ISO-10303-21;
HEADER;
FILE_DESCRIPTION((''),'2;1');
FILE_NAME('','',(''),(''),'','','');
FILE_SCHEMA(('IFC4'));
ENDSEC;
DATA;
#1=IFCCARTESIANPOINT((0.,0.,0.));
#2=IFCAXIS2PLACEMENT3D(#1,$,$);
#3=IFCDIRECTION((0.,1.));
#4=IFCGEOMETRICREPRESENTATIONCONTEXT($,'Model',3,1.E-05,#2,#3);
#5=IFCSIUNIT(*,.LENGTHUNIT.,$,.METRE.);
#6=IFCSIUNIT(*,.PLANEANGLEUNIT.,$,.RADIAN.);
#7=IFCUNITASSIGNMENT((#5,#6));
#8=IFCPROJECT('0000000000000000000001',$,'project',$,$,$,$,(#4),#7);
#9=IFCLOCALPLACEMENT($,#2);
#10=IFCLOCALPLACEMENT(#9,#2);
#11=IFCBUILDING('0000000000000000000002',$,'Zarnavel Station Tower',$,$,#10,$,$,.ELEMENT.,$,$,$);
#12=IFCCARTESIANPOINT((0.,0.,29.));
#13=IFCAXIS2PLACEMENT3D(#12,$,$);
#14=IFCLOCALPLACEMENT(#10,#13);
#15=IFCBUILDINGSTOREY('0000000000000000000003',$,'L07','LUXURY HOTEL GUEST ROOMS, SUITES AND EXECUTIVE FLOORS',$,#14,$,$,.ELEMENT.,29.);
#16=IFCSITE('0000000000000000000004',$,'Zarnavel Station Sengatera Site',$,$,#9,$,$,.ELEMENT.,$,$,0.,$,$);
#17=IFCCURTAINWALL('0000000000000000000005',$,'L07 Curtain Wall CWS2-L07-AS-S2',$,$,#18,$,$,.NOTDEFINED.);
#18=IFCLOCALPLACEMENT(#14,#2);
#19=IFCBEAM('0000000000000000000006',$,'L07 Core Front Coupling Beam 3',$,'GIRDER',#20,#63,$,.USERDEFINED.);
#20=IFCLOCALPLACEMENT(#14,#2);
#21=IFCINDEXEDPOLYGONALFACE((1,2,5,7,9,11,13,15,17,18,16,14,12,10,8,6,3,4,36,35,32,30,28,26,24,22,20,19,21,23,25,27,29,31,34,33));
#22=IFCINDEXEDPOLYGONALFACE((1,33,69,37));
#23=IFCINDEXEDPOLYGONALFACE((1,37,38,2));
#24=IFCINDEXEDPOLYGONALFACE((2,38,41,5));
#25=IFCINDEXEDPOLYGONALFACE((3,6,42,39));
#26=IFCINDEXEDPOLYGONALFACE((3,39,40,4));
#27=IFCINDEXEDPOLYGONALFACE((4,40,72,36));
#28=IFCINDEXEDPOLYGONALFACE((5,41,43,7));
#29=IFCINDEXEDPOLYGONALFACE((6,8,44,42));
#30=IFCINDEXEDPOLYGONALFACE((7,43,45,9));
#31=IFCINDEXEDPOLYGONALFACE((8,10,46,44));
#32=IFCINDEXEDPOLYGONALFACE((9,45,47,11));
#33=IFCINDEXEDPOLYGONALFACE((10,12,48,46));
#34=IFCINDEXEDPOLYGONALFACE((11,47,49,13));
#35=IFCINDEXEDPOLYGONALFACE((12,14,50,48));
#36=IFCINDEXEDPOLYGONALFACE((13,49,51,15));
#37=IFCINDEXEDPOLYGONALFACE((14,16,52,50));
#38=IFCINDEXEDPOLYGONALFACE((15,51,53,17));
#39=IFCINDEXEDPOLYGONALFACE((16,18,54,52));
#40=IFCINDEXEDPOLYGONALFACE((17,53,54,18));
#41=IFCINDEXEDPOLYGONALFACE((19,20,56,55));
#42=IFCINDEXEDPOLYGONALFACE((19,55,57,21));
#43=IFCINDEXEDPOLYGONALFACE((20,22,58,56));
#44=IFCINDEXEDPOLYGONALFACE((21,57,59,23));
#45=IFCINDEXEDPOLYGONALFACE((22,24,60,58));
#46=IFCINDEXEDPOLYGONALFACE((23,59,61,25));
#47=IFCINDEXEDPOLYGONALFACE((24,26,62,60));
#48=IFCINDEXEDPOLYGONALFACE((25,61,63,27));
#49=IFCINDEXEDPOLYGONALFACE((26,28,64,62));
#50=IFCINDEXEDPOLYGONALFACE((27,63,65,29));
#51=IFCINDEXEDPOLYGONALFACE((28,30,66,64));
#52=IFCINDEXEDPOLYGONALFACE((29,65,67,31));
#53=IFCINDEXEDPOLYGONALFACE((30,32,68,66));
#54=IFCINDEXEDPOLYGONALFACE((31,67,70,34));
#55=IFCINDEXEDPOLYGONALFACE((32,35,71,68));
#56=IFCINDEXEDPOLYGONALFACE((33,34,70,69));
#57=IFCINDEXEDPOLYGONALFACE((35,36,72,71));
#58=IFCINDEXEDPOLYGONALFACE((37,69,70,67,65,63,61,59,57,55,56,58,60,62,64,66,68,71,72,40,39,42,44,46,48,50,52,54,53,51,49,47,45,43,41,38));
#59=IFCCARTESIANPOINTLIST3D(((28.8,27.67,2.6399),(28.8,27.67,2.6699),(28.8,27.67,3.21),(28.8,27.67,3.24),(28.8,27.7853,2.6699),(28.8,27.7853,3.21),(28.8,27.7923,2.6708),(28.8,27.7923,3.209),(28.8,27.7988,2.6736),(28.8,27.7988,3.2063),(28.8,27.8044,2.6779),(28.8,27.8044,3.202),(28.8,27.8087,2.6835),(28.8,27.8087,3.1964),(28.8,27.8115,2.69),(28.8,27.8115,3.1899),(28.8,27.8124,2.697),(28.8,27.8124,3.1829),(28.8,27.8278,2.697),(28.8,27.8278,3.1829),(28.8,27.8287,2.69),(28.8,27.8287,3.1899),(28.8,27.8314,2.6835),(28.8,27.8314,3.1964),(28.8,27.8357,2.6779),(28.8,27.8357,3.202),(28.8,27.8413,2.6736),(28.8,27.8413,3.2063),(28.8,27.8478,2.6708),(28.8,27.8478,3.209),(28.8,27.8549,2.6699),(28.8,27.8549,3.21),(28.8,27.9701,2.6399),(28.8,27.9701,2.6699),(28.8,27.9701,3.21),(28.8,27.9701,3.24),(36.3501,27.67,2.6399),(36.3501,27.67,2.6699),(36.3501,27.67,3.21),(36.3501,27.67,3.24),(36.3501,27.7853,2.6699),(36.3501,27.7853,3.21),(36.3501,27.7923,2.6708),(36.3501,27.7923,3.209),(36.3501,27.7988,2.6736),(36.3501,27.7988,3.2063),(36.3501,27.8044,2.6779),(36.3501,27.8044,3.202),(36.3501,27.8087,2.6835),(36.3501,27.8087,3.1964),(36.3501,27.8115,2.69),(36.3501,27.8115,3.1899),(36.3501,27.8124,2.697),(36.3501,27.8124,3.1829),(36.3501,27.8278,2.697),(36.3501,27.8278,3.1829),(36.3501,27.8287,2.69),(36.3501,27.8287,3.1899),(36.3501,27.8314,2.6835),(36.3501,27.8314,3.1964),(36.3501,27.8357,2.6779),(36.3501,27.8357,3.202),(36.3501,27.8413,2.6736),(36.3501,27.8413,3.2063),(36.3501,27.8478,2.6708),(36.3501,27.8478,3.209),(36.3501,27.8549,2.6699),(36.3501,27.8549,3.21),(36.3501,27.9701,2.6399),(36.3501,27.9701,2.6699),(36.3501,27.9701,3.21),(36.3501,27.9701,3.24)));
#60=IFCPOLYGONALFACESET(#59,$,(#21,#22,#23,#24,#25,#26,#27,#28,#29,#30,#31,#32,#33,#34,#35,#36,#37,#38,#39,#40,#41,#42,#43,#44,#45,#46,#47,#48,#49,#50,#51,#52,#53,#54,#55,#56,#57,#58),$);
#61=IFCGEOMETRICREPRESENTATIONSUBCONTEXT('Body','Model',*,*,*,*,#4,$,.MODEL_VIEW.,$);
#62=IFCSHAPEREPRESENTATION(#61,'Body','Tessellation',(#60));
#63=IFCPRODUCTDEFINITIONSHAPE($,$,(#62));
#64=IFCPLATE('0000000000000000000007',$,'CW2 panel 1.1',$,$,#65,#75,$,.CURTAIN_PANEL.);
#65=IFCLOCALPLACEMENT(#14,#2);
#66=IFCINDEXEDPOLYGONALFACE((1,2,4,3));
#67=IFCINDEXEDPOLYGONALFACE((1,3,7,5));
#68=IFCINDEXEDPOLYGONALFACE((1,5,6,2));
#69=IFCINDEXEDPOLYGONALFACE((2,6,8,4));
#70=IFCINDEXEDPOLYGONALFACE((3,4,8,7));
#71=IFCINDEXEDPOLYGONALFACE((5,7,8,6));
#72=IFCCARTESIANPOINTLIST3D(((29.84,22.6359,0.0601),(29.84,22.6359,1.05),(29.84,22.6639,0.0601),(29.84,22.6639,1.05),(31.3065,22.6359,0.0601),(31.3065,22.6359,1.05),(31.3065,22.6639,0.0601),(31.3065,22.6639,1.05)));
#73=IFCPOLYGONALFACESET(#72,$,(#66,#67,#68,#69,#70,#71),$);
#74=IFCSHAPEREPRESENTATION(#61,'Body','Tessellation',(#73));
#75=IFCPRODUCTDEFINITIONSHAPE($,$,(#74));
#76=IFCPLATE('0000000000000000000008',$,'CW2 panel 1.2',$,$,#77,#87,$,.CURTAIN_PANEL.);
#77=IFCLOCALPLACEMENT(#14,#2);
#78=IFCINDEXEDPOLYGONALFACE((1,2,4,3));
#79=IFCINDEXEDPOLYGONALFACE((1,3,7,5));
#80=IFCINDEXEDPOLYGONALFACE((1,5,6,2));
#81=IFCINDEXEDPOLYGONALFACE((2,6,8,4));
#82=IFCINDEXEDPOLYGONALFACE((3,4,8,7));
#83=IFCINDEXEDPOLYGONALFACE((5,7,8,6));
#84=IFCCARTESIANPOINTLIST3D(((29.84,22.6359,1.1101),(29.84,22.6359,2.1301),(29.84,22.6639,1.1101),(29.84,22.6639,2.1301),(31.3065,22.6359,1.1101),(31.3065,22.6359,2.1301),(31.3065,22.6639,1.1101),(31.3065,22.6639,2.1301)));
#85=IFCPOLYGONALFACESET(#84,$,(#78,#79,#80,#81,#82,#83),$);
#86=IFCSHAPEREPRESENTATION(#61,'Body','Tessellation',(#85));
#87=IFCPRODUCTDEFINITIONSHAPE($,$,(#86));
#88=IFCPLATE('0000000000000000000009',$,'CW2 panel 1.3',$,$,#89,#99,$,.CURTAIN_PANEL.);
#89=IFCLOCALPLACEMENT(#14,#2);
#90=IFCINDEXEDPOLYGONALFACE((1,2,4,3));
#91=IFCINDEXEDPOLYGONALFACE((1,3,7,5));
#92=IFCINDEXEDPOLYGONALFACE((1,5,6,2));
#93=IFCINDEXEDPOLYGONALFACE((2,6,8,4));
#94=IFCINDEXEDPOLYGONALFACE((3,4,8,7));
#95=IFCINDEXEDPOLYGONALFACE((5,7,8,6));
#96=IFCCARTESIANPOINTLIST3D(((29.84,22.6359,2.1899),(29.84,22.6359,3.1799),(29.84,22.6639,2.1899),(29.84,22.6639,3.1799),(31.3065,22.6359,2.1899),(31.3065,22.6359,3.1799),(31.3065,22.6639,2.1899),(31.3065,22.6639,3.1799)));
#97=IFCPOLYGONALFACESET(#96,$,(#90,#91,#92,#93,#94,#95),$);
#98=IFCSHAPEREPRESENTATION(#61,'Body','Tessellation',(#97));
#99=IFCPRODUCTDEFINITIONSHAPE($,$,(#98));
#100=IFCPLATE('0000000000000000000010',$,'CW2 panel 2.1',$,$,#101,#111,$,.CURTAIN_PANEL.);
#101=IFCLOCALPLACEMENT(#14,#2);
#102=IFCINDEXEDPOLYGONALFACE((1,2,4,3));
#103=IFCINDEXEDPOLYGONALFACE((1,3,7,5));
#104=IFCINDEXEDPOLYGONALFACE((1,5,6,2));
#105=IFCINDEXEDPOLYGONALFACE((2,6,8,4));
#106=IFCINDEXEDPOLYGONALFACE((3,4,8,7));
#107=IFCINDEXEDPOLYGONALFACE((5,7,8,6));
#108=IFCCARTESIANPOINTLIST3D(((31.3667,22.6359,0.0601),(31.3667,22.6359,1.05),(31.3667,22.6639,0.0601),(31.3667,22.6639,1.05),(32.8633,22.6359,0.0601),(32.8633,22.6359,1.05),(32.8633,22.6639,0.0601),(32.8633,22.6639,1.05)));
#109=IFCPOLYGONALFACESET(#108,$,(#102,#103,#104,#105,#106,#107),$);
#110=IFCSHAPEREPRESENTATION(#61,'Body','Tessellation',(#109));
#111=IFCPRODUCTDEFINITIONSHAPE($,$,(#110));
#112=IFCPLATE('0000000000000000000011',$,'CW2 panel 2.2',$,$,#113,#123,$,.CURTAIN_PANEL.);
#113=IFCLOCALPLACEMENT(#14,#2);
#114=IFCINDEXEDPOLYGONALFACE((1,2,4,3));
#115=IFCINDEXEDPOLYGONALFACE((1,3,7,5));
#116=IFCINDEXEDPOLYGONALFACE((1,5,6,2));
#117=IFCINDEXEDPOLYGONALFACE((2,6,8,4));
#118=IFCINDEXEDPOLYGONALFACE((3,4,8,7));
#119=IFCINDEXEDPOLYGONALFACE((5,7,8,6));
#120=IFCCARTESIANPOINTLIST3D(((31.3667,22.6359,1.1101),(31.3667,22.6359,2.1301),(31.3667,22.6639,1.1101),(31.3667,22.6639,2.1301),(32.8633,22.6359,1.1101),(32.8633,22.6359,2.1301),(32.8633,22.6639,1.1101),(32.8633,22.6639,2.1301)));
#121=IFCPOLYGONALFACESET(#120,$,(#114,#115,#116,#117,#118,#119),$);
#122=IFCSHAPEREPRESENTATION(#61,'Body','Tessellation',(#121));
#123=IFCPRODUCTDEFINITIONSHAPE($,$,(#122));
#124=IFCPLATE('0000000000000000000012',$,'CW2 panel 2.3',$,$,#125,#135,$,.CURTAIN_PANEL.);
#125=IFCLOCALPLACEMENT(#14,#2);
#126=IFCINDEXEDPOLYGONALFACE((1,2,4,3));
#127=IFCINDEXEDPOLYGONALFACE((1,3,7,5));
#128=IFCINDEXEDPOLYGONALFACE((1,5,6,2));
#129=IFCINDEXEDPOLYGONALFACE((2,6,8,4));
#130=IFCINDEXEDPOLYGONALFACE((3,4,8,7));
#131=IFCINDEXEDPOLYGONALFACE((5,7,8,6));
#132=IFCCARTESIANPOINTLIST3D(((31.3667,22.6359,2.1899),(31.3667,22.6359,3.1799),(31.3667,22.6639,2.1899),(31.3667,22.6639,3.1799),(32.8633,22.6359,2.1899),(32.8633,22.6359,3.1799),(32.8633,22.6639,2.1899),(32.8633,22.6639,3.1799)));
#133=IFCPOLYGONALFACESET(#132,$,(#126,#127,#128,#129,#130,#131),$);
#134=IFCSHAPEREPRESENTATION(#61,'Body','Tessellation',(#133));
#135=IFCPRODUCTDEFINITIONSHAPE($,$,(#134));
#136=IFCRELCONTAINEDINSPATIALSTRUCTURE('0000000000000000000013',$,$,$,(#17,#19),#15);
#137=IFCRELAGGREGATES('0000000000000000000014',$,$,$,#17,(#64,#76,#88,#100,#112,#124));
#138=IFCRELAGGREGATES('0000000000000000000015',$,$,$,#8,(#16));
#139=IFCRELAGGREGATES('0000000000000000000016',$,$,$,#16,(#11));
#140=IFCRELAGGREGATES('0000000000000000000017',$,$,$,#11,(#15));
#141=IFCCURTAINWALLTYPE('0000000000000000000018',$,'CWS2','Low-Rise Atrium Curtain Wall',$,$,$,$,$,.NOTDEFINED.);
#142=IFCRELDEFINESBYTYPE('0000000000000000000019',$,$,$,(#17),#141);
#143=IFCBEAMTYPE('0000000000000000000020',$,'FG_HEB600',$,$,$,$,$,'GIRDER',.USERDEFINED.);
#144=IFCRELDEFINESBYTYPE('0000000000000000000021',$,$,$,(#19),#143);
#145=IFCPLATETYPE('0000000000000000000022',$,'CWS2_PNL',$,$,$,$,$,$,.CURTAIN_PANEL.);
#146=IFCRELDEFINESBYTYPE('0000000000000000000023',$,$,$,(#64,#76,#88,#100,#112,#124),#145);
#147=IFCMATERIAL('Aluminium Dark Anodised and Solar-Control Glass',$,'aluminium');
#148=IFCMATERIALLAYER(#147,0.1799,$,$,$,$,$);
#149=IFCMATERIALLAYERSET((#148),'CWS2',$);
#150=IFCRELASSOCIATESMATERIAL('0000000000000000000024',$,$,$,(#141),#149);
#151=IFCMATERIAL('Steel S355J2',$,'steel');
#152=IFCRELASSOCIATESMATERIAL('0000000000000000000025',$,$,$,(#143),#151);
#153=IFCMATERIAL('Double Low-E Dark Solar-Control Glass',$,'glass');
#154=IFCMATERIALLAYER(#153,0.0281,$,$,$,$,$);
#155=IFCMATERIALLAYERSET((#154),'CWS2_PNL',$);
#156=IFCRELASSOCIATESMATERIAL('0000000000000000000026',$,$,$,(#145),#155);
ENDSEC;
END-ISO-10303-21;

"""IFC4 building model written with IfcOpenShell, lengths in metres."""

from ifc_helpers import new_model, si_unit, direction, frame, origin, origin_2d, place, context, subcontext, project, spatial, rectangle, i_section, extrude, material, layer, layer_set, material_profile, profile_set, type_object, element, aggregate, save


model = new_model("IFC4")

# Units and contexts
model_context = context("Model", 3, precision=1e-05, world=origin(), true_north=direction((0.0, 1.0)))
body_context = subcontext(model_context, "Body", "Model", "MODEL_VIEW")
ifc_project = project(units=[si_unit("LENGTHUNIT", "METRE"), si_unit("PLANEANGLEUNIT", "RADIAN")], contexts=[model_context])

# Site, building, storey
site_placement = place(None, origin())
site = spatial("IfcSite", under=ifc_project, at=site_placement, Name="Zarnavel Station Sengatera Site", CompositionType="ELEMENT", RefElevation=0.0)
building_placement = place(site_placement, origin())
building = spatial("IfcBuilding", under=site, at=building_placement, Name="Zarnavel Station Tower", CompositionType="ELEMENT")
storey_placement = place(building_placement, frame((0.0, 0.0, 29.0)))
storey = spatial("IfcBuildingStorey", under=building, at=storey_placement, Name="L07", Description="LUXURY HOTEL GUEST ROOMS, SUITES AND EXECUTIVE FLOORS", CompositionType="ELEMENT", Elevation=29.0)

# Curtain wall
ifc_material_1 = material(Name="Aluminium Dark Anodised and Solar-Control Glass", Category="aluminium")
ifc_layer_1 = layer(ifc_material_1, 0.1799)
ifc_layer_set_1 = layer_set([ifc_layer_1], Name="CWS2")
curtain_wall_type = type_object("IfcCurtainWallType", Name="CWS2", Description="Low-Rise Atrium Curtain Wall", PredefinedType="NOTDEFINED", material=ifc_layer_set_1)
curtain_wall_placement = place(storey_placement, origin())
curtain_wall = element("IfcCurtainWall", 1, at=curtain_wall_placement, inside=storey, type_object=curtain_wall_type, Name="L07 Curtain Wall CWS2-L07-AS-S2", PredefinedType="NOTDEFINED")

# Beam
ifc_material_2 = material(Name="Steel S355J2", Category="steel")
ifc_material_profile_1 = material_profile(ifc_material_2, i_section(OverallWidth=0.3, OverallDepth=0.6001, WebThickness=0.0154, FlangeThickness=0.03, FilletRadius=0.0271, at=origin_2d()), Name="HEB600")
ifc_profile_set_1 = profile_set([ifc_material_profile_1], Name="Steel S355J2")
beam_type = type_object("IfcBeamType", Name="FG_HEB600", ElementType="GIRDER", PredefinedType="USERDEFINED", material=ifc_profile_set_1)
beam_placement = place(storey_placement, frame((28.8, 27.8201, 2.9399), z_axis=(1.0, 0.0, 0.0), x_axis=(0.0, 1.0, 0.0)))
element("IfcBeam", 2, at=beam_placement, inside=storey, type_object=beam_type, Name="L07 Core Front Coupling Beam 3", ObjectType="GIRDER", PredefinedType="USERDEFINED", context=body_context, shape_type="SweptSolid", body=[
    extrude(i_section(OverallWidth=0.3, OverallDepth=0.6001, WebThickness=0.0154, FlangeThickness=0.03, FilletRadius=0.0271, at=origin_2d()), origin(), (0.0, 0.0, 1.0), 7.55),
])

# Plates
ifc_material_3 = material(Name="Double Low-E Dark Solar-Control Glass", Category="glass")
ifc_layer_2 = layer(ifc_material_3, 0.0281)
ifc_layer_set_2 = layer_set([ifc_layer_2], Name="CWS2_PNL")
plate_type = type_object("IfcPlateType", Name="CWS2_PNL", PredefinedType="CURTAIN_PANEL", material=ifc_layer_set_2)
plate_1_placement = place(storey_placement, frame((30.5732, 22.6499, 0.0601), z_axis=(0.0, 0.0, 1.0), x_axis=(1.0, 0.0, 0.0)))
plate_1 = element("IfcPlate", 3, at=plate_1_placement, type_object=plate_type, Name="CW2 panel 1.1", PredefinedType="CURTAIN_PANEL", context=body_context, shape_type="SweptSolid", body=[
    extrude(rectangle(XDim=1.4666, YDim=0.0281, at=origin_2d()), origin(), (0.0, 0.0, 1.0), 0.99),
])
plate_2_placement = place(storey_placement, frame((30.5732, 22.6499, 1.1101), z_axis=(0.0, 0.0, 1.0), x_axis=(1.0, 0.0, 0.0)))
plate_2 = element("IfcPlate", 4, at=plate_2_placement, type_object=plate_type, Name="CW2 panel 1.2", PredefinedType="CURTAIN_PANEL", context=body_context, shape_type="SweptSolid", body=[
    extrude(rectangle(XDim=1.4666, YDim=0.0281, at=origin_2d()), origin(), (0.0, 0.0, 1.0), 1.02),
])
plate_3_placement = place(storey_placement, frame((30.5732, 22.6499, 2.1899), z_axis=(0.0, 0.0, 1.0), x_axis=(1.0, 0.0, 0.0)))
plate_3 = element("IfcPlate", 5, at=plate_3_placement, type_object=plate_type, Name="CW2 panel 1.3", PredefinedType="CURTAIN_PANEL", context=body_context, shape_type="SweptSolid", body=[
    extrude(rectangle(XDim=1.4666, YDim=0.0281, at=origin_2d()), origin(), (0.0, 0.0, 1.0), 0.99),
])
plate_4_placement = place(storey_placement, frame((32.115, 22.6499, 0.0601), z_axis=(0.0, 0.0, 1.0), x_axis=(1.0, 0.0, 0.0)))
plate_4 = element("IfcPlate", 6, at=plate_4_placement, type_object=plate_type, Name="CW2 panel 2.1", PredefinedType="CURTAIN_PANEL", context=body_context, shape_type="SweptSolid", body=[
    extrude(rectangle(XDim=1.4966, YDim=0.0281, at=origin_2d()), origin(), (0.0, 0.0, 1.0), 0.99),
])
plate_5_placement = place(storey_placement, frame((32.115, 22.6499, 1.1101), z_axis=(0.0, 0.0, 1.0), x_axis=(1.0, 0.0, 0.0)))
plate_5 = element("IfcPlate", 7, at=plate_5_placement, type_object=plate_type, Name="CW2 panel 2.2", PredefinedType="CURTAIN_PANEL", context=body_context, shape_type="SweptSolid", body=[
    extrude(rectangle(XDim=1.4966, YDim=0.0281, at=origin_2d()), origin(), (0.0, 0.0, 1.0), 1.02),
])
plate_6_placement = place(storey_placement, frame((32.115, 22.6499, 2.1899), z_axis=(0.0, 0.0, 1.0), x_axis=(1.0, 0.0, 0.0)))
plate_6 = element("IfcPlate", 8, at=plate_6_placement, type_object=plate_type, Name="CW2 panel 2.3", PredefinedType="CURTAIN_PANEL", context=body_context, shape_type="SweptSolid", body=[
    extrude(rectangle(XDim=1.4966, YDim=0.0281, at=origin_2d()), origin(), (0.0, 0.0, 1.0), 0.99),
])
aggregate(curtain_wall, [plate_1, plate_2, plate_3, plate_4, plate_5, plate_6])

save(model, "model.ifc")
